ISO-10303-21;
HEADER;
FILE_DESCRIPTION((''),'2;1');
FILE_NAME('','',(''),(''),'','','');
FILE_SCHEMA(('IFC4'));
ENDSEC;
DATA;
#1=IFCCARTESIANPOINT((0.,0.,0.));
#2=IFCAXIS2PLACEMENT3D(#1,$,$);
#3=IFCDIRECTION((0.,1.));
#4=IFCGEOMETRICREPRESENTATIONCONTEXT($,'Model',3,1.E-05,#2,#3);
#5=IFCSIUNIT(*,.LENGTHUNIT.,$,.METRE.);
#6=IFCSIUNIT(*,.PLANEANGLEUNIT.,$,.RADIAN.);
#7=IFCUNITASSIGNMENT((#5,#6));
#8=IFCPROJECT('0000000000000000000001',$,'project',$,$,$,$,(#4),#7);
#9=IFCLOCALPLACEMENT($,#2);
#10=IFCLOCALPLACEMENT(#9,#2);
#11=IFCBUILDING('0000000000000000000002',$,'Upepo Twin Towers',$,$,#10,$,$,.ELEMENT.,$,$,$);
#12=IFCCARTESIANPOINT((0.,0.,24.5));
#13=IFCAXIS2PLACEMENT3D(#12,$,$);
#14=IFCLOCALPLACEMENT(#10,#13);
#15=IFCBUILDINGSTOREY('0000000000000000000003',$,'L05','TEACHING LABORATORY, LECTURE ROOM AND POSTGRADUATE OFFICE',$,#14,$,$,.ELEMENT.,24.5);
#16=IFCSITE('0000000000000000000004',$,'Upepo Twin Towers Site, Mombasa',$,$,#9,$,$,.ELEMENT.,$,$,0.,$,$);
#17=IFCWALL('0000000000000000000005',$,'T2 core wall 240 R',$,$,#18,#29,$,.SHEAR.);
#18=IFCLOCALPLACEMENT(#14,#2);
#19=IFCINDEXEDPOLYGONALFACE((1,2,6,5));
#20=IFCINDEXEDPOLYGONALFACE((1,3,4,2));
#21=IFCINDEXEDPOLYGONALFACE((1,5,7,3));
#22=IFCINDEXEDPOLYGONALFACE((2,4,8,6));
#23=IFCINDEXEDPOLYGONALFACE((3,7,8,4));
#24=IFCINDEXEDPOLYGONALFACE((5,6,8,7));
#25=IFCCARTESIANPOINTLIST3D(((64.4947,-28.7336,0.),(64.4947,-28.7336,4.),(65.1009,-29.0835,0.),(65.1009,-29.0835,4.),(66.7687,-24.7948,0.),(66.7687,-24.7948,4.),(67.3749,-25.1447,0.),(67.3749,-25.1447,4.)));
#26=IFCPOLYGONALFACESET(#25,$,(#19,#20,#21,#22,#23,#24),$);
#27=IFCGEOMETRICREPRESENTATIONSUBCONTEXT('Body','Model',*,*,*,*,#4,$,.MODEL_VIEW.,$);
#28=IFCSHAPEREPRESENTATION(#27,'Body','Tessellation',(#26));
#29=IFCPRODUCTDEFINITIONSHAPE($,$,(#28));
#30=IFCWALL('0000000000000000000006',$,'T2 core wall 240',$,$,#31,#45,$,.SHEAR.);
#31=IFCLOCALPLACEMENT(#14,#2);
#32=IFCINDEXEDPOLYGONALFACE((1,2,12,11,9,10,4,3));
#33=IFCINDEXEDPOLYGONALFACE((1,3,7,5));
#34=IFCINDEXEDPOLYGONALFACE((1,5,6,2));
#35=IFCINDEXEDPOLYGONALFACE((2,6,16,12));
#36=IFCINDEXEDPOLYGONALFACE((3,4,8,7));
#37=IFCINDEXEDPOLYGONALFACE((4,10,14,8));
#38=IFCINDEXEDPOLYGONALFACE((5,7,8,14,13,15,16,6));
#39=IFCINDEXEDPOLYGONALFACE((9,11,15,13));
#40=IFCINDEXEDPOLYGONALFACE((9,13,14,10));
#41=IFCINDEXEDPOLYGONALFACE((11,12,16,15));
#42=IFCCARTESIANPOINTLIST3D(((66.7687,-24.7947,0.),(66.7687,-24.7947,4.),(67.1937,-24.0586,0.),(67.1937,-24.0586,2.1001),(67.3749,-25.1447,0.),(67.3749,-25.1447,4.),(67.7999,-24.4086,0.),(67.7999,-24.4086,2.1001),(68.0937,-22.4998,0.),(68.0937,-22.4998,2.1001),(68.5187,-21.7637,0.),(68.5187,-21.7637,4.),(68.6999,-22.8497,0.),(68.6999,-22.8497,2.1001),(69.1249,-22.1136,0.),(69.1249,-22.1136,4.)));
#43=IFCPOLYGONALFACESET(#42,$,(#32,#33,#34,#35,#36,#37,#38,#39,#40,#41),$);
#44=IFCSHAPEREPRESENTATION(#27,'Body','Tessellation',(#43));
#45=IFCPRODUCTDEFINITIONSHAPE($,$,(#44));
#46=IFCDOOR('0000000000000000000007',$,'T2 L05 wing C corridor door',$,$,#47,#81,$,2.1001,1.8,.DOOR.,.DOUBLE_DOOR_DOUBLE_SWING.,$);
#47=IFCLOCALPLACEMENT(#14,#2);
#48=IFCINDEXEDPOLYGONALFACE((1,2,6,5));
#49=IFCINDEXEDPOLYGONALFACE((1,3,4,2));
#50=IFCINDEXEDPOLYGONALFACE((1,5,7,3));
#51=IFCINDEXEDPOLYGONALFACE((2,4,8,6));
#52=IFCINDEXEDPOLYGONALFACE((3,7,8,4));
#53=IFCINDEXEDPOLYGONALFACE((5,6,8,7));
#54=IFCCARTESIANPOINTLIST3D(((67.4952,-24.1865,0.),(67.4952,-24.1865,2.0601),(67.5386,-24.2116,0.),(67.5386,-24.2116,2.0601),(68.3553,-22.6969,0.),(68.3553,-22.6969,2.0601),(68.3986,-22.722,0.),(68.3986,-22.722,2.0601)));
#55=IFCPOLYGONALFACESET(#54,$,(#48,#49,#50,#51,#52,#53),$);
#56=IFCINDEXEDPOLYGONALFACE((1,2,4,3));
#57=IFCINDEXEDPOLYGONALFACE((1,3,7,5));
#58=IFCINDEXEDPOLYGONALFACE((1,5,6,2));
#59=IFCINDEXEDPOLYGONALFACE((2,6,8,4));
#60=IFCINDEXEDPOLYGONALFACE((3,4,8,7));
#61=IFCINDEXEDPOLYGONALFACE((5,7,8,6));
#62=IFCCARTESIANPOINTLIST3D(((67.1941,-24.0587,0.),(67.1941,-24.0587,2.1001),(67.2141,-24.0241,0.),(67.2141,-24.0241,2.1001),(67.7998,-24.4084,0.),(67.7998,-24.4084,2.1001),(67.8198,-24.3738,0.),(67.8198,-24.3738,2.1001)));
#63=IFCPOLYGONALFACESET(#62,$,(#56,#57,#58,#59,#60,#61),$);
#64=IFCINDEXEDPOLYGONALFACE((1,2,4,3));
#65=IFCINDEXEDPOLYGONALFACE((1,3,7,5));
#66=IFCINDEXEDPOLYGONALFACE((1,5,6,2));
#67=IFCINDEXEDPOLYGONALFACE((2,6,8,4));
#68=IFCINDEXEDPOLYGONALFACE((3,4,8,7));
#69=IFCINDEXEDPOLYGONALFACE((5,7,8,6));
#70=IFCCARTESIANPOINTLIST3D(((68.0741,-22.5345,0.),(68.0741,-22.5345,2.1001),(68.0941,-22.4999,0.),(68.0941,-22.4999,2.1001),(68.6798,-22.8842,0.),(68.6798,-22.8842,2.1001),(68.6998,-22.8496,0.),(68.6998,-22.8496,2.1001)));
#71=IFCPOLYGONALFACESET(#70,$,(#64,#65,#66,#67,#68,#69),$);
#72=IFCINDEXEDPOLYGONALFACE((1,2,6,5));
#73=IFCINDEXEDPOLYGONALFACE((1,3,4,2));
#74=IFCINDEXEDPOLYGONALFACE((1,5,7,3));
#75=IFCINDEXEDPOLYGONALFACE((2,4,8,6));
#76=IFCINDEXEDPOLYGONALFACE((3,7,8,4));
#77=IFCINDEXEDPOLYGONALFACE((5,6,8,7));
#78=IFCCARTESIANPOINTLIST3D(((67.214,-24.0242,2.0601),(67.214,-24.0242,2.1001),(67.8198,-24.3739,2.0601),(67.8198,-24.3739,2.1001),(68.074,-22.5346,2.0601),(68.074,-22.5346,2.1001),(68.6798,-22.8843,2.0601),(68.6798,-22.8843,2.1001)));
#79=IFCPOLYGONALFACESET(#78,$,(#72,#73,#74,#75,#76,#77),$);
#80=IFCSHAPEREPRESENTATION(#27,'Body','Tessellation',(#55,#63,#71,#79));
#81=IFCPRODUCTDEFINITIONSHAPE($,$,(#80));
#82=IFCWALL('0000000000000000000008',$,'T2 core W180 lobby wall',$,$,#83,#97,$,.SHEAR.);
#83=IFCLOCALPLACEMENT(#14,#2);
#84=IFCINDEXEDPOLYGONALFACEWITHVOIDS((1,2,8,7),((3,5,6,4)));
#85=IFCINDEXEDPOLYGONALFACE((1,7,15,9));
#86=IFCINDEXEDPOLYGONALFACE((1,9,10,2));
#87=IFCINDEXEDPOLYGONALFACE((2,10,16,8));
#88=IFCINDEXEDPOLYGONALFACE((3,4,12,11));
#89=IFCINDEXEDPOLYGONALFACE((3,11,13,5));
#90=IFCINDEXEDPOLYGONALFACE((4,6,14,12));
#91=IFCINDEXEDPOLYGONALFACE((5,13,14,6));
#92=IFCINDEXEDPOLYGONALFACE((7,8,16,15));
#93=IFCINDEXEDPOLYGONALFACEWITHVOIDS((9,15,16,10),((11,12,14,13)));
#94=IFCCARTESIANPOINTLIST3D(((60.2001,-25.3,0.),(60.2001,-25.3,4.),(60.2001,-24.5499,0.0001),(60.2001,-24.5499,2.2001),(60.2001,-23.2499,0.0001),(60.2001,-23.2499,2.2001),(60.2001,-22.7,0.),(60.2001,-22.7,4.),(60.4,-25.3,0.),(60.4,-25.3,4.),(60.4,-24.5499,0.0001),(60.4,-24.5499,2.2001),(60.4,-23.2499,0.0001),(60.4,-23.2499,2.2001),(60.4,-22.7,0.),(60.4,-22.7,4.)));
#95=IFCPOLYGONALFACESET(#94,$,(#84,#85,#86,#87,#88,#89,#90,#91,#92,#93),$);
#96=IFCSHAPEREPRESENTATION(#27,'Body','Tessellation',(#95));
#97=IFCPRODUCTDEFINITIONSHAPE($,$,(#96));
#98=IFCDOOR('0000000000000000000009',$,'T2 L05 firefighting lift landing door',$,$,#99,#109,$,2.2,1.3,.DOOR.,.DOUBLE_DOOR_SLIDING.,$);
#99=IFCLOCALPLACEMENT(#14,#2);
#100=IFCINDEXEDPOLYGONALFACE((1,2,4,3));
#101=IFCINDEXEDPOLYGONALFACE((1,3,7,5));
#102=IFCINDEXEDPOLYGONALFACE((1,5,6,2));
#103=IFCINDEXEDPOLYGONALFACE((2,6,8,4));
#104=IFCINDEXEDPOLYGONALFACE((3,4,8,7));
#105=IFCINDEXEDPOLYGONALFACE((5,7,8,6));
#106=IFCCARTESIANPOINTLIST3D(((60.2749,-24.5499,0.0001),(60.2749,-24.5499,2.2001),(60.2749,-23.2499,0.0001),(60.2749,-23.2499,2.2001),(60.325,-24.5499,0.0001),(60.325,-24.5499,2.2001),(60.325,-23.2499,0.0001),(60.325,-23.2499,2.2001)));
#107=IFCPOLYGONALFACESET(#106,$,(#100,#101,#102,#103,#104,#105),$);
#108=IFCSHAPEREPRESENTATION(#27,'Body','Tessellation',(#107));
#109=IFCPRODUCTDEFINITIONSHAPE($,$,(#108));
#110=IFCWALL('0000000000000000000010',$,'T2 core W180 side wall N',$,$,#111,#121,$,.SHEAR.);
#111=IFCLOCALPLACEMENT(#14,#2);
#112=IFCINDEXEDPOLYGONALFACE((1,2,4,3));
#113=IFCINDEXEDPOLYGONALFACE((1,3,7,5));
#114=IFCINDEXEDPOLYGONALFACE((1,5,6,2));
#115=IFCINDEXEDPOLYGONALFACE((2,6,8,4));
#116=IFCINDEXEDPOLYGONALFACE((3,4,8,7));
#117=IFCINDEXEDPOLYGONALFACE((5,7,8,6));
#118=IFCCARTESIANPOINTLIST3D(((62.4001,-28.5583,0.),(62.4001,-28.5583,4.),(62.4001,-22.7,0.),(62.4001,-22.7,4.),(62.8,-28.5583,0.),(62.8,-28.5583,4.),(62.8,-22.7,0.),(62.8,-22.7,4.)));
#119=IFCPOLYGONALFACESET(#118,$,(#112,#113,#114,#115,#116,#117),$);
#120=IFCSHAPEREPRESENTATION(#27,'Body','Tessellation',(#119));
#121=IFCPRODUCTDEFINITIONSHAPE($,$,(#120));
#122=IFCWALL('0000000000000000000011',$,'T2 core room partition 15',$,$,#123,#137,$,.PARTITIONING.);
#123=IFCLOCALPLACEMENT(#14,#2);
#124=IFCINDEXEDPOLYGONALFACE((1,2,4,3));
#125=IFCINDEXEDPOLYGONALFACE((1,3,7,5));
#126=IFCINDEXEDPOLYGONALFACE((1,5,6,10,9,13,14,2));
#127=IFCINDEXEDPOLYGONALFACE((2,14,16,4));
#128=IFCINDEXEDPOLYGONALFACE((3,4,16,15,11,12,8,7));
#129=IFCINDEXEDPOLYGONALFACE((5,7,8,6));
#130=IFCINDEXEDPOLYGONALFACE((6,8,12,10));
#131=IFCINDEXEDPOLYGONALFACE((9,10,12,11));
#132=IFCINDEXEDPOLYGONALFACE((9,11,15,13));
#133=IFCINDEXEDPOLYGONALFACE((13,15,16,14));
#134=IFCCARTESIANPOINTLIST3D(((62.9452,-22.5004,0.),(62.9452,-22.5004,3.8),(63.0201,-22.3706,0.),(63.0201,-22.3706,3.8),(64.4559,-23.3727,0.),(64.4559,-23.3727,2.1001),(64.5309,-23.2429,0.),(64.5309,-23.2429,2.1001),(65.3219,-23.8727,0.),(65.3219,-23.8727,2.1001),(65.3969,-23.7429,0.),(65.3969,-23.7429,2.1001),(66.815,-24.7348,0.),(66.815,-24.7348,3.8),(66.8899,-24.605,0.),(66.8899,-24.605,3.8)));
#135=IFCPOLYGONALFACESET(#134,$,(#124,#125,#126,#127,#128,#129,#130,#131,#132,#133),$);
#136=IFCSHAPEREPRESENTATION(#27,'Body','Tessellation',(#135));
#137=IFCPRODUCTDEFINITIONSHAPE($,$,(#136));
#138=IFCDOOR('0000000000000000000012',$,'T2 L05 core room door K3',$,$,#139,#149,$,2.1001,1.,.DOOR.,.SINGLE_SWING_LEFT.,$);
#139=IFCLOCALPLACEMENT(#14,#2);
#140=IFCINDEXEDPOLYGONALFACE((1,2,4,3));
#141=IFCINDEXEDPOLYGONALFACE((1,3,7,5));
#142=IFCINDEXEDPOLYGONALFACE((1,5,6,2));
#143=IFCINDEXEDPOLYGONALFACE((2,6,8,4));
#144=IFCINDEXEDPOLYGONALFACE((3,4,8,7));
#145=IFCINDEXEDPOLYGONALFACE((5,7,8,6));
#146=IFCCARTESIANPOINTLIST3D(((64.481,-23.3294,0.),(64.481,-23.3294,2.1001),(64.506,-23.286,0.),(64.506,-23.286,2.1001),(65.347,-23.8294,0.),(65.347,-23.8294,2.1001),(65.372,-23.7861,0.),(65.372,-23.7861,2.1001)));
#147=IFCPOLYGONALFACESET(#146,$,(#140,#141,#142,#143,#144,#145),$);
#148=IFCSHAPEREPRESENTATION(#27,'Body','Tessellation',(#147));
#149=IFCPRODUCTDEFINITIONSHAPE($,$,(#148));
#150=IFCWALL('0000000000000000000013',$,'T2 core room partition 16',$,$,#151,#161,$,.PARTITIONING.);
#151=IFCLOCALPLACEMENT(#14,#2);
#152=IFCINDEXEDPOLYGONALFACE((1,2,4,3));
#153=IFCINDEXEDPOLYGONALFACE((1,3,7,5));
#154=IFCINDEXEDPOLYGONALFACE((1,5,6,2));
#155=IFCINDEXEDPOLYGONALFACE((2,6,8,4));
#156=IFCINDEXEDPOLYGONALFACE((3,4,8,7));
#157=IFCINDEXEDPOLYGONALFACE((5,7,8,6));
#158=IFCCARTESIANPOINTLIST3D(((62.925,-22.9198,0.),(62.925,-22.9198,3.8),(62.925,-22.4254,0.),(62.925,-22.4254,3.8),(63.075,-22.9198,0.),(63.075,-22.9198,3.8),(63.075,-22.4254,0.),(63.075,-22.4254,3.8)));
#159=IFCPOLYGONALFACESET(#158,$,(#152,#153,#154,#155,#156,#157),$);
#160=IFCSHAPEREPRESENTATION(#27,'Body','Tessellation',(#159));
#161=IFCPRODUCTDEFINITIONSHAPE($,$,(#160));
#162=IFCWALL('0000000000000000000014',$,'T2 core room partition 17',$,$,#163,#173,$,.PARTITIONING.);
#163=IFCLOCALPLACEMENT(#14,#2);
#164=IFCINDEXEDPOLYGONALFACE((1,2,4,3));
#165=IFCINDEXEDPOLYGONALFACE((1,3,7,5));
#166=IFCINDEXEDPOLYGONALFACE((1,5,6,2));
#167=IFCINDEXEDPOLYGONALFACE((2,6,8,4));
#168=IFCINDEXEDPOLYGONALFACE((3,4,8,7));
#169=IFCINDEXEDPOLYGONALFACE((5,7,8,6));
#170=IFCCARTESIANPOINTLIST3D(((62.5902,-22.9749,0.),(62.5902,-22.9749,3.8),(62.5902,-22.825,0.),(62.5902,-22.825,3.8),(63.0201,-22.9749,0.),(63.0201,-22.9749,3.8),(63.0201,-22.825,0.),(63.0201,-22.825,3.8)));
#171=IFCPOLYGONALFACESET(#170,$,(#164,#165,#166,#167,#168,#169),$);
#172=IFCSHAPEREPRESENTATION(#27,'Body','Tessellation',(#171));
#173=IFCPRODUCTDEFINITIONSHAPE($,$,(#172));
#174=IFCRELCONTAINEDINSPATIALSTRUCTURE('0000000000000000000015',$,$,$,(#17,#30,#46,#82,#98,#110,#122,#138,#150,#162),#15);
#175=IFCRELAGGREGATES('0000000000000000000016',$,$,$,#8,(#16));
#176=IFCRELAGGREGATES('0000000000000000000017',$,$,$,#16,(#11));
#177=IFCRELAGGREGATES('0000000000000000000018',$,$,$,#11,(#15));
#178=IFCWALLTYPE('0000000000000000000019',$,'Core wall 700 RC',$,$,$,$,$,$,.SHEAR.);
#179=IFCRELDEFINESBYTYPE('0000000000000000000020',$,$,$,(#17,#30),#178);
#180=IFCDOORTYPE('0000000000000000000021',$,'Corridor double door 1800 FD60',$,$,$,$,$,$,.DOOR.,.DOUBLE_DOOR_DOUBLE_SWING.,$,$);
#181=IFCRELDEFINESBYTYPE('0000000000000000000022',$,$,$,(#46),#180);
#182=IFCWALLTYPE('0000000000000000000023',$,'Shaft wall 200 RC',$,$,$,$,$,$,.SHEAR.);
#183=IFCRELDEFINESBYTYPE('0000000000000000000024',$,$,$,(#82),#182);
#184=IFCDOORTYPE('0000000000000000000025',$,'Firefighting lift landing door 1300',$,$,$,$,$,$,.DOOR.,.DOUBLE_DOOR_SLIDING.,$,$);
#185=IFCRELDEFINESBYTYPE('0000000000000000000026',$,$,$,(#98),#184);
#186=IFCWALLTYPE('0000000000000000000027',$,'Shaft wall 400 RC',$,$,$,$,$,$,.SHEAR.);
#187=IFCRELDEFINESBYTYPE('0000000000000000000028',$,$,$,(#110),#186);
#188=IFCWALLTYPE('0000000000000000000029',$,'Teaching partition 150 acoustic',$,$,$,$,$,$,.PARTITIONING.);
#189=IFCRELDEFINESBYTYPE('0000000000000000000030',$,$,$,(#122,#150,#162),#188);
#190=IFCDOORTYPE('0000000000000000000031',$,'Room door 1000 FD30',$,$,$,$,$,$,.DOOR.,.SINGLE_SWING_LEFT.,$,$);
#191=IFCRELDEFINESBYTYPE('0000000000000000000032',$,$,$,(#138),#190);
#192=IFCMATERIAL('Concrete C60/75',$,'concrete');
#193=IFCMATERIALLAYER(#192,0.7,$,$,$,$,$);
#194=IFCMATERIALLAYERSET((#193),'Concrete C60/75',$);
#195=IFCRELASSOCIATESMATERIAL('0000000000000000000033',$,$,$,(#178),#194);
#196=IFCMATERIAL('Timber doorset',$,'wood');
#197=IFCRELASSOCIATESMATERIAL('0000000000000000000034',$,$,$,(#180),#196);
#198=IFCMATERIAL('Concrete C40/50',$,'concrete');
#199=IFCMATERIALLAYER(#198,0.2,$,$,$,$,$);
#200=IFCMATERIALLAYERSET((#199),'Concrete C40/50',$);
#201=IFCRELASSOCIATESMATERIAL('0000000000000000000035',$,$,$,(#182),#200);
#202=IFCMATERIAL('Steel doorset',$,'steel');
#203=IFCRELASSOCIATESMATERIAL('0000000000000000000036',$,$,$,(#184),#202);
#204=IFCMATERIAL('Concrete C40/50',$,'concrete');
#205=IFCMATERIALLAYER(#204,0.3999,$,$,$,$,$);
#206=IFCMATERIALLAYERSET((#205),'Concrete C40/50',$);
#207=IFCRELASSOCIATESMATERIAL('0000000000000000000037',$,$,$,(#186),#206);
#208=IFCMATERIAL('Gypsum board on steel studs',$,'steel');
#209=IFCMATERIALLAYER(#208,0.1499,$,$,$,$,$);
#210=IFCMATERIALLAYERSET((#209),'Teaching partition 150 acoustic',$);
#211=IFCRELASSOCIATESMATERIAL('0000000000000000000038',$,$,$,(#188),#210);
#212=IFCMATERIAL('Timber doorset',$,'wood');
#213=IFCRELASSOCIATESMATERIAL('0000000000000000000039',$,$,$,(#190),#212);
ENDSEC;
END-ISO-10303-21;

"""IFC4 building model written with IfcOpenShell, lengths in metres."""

from ifc_helpers import new_model, si_unit, direction, frame, frame_2d, origin, place, context, subcontext, project, spatial, rectangle, extrude, material, layer, layer_set, type_object, element, fill, save


model = new_model("IFC4")

# Units and contexts
model_context = context("Model", 3, precision=1e-05, world=origin(), true_north=direction((0.0, 1.0)))
body_context = subcontext(model_context, "Body", "Model", "MODEL_VIEW")
ifc_project = project(units=[si_unit("LENGTHUNIT", "METRE"), si_unit("PLANEANGLEUNIT", "RADIAN")], contexts=[model_context])

# Site, building, storey
site_placement = place(None, origin())
site = spatial("IfcSite", under=ifc_project, at=site_placement, Name="Upepo Twin Towers Site, Mombasa", CompositionType="ELEMENT", RefElevation=0.0)
building_placement = place(site_placement, origin())
building = spatial("IfcBuilding", under=site, at=building_placement, Name="Upepo Twin Towers", CompositionType="ELEMENT")
storey_placement = place(building_placement, frame((0.0, 0.0, 24.5)))
storey = spatial("IfcBuildingStorey", under=building, at=storey_placement, Name="L05", Description="TEACHING LABORATORY, LECTURE ROOM AND POSTGRADUATE OFFICE", CompositionType="ELEMENT", Elevation=24.5)

# Wall
ifc_material_1 = material(Name="Concrete C60/75", Category="concrete")
ifc_layer_1 = layer(ifc_material_1, 0.7)
ifc_layer_set_1 = layer_set([ifc_layer_1], Name="Concrete C60/75")
wall_type_1 = type_object("IfcWallType", Name="Core wall 700 RC", PredefinedType="SHEAR", material=ifc_layer_set_1)
wall_1_placement = place(storey_placement, frame((64.7979, -28.9084, 0.0), z_axis=(0.0, 0.0, 1.0), x_axis=(0.499984, 0.866035, 0.0)))
element("IfcWall", 1, at=wall_1_placement, inside=storey, type_object=wall_type_1, Name="T2 core wall 240 R", PredefinedType="SHEAR", context=body_context, shape_type="SweptSolid", body=[
    extrude(rectangle(XDim=4.5481, YDim=0.7, at=frame_2d((2.2739, 0.0))), origin(), (0.0, 0.0, 1.0), 4.0),
])

# Walls, openings, doors
wall_2_placement = place(storey_placement, frame((67.0718, -24.9697, 0.0), z_axis=(0.0, 0.0, 1.0), x_axis=(0.50001, 0.866019, 0.0)))
wall_2 = element("IfcWall", 2, at=wall_2_placement, inside=storey, type_object=wall_type_1, Name="T2 core wall 240", PredefinedType="SHEAR", context=body_context, shape_type="SweptSolid", body=[
    extrude(rectangle(XDim=3.5, YDim=0.7, at=frame_2d((1.75, 0.0))), origin(), (0.0, 0.0, 1.0), 4.0),
])
opening_1_placement = place(wall_2_placement, frame((0.8501, 0.0, 0.0)))
opening_1 = element("IfcOpeningElement", 3, at=opening_1_placement, cuts=wall_2, PredefinedType="OPENING", context=body_context, shape_type="SweptSolid", body=[
    extrude(rectangle(XDim=1.8, YDim=2.1001, at=frame_2d((0.8999, 1.05))), frame((0.0, 0.3599, 0.0), z_axis=(0.0, -1.0, 0.0), x_axis=(1.0, 0.0, 0.0)), (0.0, 0.0, 1.0), 0.72),
])
ifc_material_2 = material(Name="Timber doorset", Category="wood")
door_type_1 = type_object("IfcDoorType", Name="Corridor double door 1800 FD60", OperationType="DOUBLE_DOOR_DOUBLE_SWING", PredefinedType="DOOR", material=ifc_material_2)
door_1_placement = place(opening_1_placement, origin())
door_1 = element("IfcDoor", 4, at=door_1_placement, inside=storey, type_object=door_type_1, Name="T2 L05 wing C corridor door", OperationType="DOUBLE_DOOR_DOUBLE_SWING", OverallHeight=2.1001, OverallWidth=1.8, PredefinedType="DOOR", context=body_context, shape_type="SweptSolid", body=[
    extrude(rectangle(XDim=1.72, YDim=2.0601, at=frame_2d((0.8999, 1.03))), frame((0.0, 0.0249, 0.0), z_axis=(0.0, -1.0, 0.0), x_axis=(1.0, 0.0, 0.0)), (0.0, 0.0, 1.0), 0.05),
    extrude(rectangle(XDim=0.04, YDim=2.1001, at=frame_2d((0.02, 1.05))), frame((0.0, 0.3496, 0.0), z_axis=(0.0, -1.0, 0.0), x_axis=(1.0, 0.0, 0.0)), (0.0, 0.0, 1.0), 0.6995),
    extrude(rectangle(XDim=0.04, YDim=2.1001, at=frame_2d((1.78, 1.05))), frame((0.0, 0.3496, 0.0), z_axis=(0.0, -1.0, 0.0), x_axis=(1.0, 0.0, 0.0)), (0.0, 0.0, 1.0), 0.6995),
    extrude(rectangle(XDim=1.72, YDim=0.04, at=frame_2d((0.8999, 2.0801))), frame((0.0, 0.3496, 0.0), z_axis=(0.0, -1.0, 0.0), x_axis=(1.0, 0.0, 0.0)), (0.0, 0.0, 1.0), 0.6995),
])
fill(opening_1, door_1)
ifc_material_3 = material(Name="Concrete C40/50", Category="concrete")
ifc_layer_2 = layer(ifc_material_3, 0.2)
ifc_layer_set_2 = layer_set([ifc_layer_2], Name="Concrete C40/50")
wall_type_2 = type_object("IfcWallType", Name="Shaft wall 200 RC", PredefinedType="SHEAR", material=ifc_layer_set_2)
wall_3_placement = place(storey_placement, frame((60.3, -22.7, 0.0), z_axis=(0.0, 0.0, 1.0), x_axis=(0.0, -1.0, 0.0)))
wall_3 = element("IfcWall", 5, at=wall_3_placement, inside=storey, type_object=wall_type_2, Name="T2 core W180 lobby wall", PredefinedType="SHEAR", context=body_context, shape_type="SweptSolid", body=[
    extrude(rectangle(XDim=2.6001, YDim=0.2, at=frame_2d((1.3, 0.0))), origin(), (0.0, 0.0, 1.0), 4.0),
])
opening_2_placement = place(wall_3_placement, frame((0.55, 0.0, 0.0)))
opening_2 = element("IfcOpeningElement", 6, at=opening_2_placement, cuts=wall_3, PredefinedType="OPENING", context=body_context, shape_type="SweptSolid", body=[
    extrude(rectangle(XDim=1.3, YDim=2.2, at=frame_2d((0.6499, 1.1001))), frame((0.0, 0.1099, 0.0), z_axis=(0.0, -1.0, 0.0), x_axis=(1.0, 0.0, 0.0)), (0.0, 0.0, 1.0), 0.22),
])
ifc_material_4 = material(Name="Steel doorset", Category="steel")
door_type_2 = type_object("IfcDoorType", Name="Firefighting lift landing door 1300", OperationType="DOUBLE_DOOR_SLIDING", PredefinedType="DOOR", material=ifc_material_4)
door_2_placement = place(opening_2_placement, origin())
door_2 = element("IfcDoor", 7, at=door_2_placement, inside=storey, type_object=door_type_2, Name="T2 L05 firefighting lift landing door", OperationType="DOUBLE_DOOR_SLIDING", OverallHeight=2.2, OverallWidth=1.3, PredefinedType="DOOR", context=body_context, shape_type="SweptSolid", body=[
    extrude(rectangle(XDim=1.3, YDim=2.2, at=frame_2d((0.6499, 1.1001))), frame((0.0, 0.0249, 0.0), z_axis=(0.0, -1.0, 0.0), x_axis=(1.0, 0.0, 0.0)), (0.0, 0.0, 1.0), 0.05),
])
fill(opening_2, door_2)

# Wall
ifc_material_5 = material(Name="Concrete C40/50", Category="concrete")
ifc_layer_3 = layer(ifc_material_5, 0.3999)
ifc_layer_set_3 = layer_set([ifc_layer_3], Name="Concrete C40/50")
wall_type_3 = type_object("IfcWallType", Name="Shaft wall 400 RC", PredefinedType="SHEAR", material=ifc_layer_set_3)
wall_4_placement = place(storey_placement, frame((62.6001, -22.7, 0.0), z_axis=(0.0, 0.0, 1.0), x_axis=(0.0, -1.0, 0.0)))
element("IfcWall", 8, at=wall_4_placement, inside=storey, type_object=wall_type_3, Name="T2 core W180 side wall N", PredefinedType="SHEAR", context=body_context, shape_type="SweptSolid", body=[
    extrude(rectangle(XDim=5.8584, YDim=0.3999, at=frame_2d((2.9292, 0.0))), origin(), (0.0, 0.0, 1.0), 4.0),
])

# Wall, opening, door
ifc_material_6 = material(Name="Gypsum board on steel studs", Category="steel")
ifc_layer_4 = layer(ifc_material_6, 0.1499)
ifc_layer_set_4 = layer_set([ifc_layer_4], Name="Teaching partition 150 acoustic")
wall_type_4 = type_object("IfcWallType", Name="Teaching partition 150 acoustic", PredefinedType="PARTITIONING", material=ifc_layer_set_4)
wall_5_placement = place(storey_placement, frame((66.8525, -24.6699, 0.0), z_axis=(0.0, 0.0, 1.0), x_axis=(-0.866015, 0.500017, 0.0)))
wall_5 = element("IfcWall", 9, at=wall_5_placement, inside=storey, type_object=wall_type_4, Name="T2 core room partition 15", PredefinedType="PARTITIONING", context=body_context, shape_type="SweptSolid", body=[
    extrude(rectangle(XDim=4.4685, YDim=0.1499, at=frame_2d((2.2344, 0.0))), origin(), (0.0, 0.0, 1.0), 3.8),
])
opening_3_placement = place(wall_5_placement, frame((1.7241, 0.0, 0.0)))
opening_3 = element("IfcOpeningElement", 10, at=opening_3_placement, cuts=wall_5, PredefinedType="OPENING", context=body_context, shape_type="SweptSolid", body=[
    extrude(rectangle(XDim=1.0, YDim=2.1001, at=frame_2d((0.5, 1.05))), frame((0.0, 0.085, 0.0), z_axis=(0.0, -1.0, 0.0), x_axis=(1.0, 0.0, 0.0)), (0.0, 0.0, 1.0), 0.1699),
])
ifc_material_7 = material(Name="Timber doorset", Category="wood")
door_type_3 = type_object("IfcDoorType", Name="Room door 1000 FD30", OperationType="SINGLE_SWING_LEFT", PredefinedType="DOOR", material=ifc_material_7)
door_3_placement = place(opening_3_placement, origin())
door_3 = element("IfcDoor", 11, at=door_3_placement, inside=storey, type_object=door_type_3, Name="T2 L05 core room door K3", OperationType="SINGLE_SWING_LEFT", OverallHeight=2.1001, OverallWidth=1.0, PredefinedType="DOOR", context=body_context, shape_type="SweptSolid", body=[
    extrude(rectangle(XDim=1.0, YDim=2.1001, at=frame_2d((0.5, 1.05))), frame((0.0, 0.0249, 0.0), z_axis=(0.0, -1.0, 0.0), x_axis=(1.0, 0.0, 0.0)), (0.0, 0.0, 1.0), 0.05),
])
fill(opening_3, door_3)

# Walls
wall_6_placement = place(storey_placement, frame((63.0, -22.4255, 0.0), z_axis=(0.0, 0.0, 1.0), x_axis=(0.0, -1.0, 0.0)))
element("IfcWall", 12, at=wall_6_placement, inside=storey, type_object=wall_type_4, Name="T2 core room partition 16", PredefinedType="PARTITIONING", context=body_context, shape_type="SweptSolid", body=[
    extrude(rectangle(XDim=0.4944, YDim=0.1499, at=frame_2d((0.2471, 0.0))), origin(), (0.0, 0.0, 1.0), 3.8),
])
wall_7_placement = place(storey_placement, frame((63.02, -22.8999, 0.0), z_axis=(0.0, 0.0, 1.0), x_axis=(-1.0, 0.0, 0.0)))
element("IfcWall", 13, at=wall_7_placement, inside=storey, type_object=wall_type_4, Name="T2 core room partition 17", PredefinedType="PARTITIONING", context=body_context, shape_type="SweptSolid", body=[
    extrude(rectangle(XDim=0.4299, YDim=0.1499, at=frame_2d((0.2148, 0.0))), origin(), (0.0, 0.0, 1.0), 3.8),
])

save(model, "model.ifc")
